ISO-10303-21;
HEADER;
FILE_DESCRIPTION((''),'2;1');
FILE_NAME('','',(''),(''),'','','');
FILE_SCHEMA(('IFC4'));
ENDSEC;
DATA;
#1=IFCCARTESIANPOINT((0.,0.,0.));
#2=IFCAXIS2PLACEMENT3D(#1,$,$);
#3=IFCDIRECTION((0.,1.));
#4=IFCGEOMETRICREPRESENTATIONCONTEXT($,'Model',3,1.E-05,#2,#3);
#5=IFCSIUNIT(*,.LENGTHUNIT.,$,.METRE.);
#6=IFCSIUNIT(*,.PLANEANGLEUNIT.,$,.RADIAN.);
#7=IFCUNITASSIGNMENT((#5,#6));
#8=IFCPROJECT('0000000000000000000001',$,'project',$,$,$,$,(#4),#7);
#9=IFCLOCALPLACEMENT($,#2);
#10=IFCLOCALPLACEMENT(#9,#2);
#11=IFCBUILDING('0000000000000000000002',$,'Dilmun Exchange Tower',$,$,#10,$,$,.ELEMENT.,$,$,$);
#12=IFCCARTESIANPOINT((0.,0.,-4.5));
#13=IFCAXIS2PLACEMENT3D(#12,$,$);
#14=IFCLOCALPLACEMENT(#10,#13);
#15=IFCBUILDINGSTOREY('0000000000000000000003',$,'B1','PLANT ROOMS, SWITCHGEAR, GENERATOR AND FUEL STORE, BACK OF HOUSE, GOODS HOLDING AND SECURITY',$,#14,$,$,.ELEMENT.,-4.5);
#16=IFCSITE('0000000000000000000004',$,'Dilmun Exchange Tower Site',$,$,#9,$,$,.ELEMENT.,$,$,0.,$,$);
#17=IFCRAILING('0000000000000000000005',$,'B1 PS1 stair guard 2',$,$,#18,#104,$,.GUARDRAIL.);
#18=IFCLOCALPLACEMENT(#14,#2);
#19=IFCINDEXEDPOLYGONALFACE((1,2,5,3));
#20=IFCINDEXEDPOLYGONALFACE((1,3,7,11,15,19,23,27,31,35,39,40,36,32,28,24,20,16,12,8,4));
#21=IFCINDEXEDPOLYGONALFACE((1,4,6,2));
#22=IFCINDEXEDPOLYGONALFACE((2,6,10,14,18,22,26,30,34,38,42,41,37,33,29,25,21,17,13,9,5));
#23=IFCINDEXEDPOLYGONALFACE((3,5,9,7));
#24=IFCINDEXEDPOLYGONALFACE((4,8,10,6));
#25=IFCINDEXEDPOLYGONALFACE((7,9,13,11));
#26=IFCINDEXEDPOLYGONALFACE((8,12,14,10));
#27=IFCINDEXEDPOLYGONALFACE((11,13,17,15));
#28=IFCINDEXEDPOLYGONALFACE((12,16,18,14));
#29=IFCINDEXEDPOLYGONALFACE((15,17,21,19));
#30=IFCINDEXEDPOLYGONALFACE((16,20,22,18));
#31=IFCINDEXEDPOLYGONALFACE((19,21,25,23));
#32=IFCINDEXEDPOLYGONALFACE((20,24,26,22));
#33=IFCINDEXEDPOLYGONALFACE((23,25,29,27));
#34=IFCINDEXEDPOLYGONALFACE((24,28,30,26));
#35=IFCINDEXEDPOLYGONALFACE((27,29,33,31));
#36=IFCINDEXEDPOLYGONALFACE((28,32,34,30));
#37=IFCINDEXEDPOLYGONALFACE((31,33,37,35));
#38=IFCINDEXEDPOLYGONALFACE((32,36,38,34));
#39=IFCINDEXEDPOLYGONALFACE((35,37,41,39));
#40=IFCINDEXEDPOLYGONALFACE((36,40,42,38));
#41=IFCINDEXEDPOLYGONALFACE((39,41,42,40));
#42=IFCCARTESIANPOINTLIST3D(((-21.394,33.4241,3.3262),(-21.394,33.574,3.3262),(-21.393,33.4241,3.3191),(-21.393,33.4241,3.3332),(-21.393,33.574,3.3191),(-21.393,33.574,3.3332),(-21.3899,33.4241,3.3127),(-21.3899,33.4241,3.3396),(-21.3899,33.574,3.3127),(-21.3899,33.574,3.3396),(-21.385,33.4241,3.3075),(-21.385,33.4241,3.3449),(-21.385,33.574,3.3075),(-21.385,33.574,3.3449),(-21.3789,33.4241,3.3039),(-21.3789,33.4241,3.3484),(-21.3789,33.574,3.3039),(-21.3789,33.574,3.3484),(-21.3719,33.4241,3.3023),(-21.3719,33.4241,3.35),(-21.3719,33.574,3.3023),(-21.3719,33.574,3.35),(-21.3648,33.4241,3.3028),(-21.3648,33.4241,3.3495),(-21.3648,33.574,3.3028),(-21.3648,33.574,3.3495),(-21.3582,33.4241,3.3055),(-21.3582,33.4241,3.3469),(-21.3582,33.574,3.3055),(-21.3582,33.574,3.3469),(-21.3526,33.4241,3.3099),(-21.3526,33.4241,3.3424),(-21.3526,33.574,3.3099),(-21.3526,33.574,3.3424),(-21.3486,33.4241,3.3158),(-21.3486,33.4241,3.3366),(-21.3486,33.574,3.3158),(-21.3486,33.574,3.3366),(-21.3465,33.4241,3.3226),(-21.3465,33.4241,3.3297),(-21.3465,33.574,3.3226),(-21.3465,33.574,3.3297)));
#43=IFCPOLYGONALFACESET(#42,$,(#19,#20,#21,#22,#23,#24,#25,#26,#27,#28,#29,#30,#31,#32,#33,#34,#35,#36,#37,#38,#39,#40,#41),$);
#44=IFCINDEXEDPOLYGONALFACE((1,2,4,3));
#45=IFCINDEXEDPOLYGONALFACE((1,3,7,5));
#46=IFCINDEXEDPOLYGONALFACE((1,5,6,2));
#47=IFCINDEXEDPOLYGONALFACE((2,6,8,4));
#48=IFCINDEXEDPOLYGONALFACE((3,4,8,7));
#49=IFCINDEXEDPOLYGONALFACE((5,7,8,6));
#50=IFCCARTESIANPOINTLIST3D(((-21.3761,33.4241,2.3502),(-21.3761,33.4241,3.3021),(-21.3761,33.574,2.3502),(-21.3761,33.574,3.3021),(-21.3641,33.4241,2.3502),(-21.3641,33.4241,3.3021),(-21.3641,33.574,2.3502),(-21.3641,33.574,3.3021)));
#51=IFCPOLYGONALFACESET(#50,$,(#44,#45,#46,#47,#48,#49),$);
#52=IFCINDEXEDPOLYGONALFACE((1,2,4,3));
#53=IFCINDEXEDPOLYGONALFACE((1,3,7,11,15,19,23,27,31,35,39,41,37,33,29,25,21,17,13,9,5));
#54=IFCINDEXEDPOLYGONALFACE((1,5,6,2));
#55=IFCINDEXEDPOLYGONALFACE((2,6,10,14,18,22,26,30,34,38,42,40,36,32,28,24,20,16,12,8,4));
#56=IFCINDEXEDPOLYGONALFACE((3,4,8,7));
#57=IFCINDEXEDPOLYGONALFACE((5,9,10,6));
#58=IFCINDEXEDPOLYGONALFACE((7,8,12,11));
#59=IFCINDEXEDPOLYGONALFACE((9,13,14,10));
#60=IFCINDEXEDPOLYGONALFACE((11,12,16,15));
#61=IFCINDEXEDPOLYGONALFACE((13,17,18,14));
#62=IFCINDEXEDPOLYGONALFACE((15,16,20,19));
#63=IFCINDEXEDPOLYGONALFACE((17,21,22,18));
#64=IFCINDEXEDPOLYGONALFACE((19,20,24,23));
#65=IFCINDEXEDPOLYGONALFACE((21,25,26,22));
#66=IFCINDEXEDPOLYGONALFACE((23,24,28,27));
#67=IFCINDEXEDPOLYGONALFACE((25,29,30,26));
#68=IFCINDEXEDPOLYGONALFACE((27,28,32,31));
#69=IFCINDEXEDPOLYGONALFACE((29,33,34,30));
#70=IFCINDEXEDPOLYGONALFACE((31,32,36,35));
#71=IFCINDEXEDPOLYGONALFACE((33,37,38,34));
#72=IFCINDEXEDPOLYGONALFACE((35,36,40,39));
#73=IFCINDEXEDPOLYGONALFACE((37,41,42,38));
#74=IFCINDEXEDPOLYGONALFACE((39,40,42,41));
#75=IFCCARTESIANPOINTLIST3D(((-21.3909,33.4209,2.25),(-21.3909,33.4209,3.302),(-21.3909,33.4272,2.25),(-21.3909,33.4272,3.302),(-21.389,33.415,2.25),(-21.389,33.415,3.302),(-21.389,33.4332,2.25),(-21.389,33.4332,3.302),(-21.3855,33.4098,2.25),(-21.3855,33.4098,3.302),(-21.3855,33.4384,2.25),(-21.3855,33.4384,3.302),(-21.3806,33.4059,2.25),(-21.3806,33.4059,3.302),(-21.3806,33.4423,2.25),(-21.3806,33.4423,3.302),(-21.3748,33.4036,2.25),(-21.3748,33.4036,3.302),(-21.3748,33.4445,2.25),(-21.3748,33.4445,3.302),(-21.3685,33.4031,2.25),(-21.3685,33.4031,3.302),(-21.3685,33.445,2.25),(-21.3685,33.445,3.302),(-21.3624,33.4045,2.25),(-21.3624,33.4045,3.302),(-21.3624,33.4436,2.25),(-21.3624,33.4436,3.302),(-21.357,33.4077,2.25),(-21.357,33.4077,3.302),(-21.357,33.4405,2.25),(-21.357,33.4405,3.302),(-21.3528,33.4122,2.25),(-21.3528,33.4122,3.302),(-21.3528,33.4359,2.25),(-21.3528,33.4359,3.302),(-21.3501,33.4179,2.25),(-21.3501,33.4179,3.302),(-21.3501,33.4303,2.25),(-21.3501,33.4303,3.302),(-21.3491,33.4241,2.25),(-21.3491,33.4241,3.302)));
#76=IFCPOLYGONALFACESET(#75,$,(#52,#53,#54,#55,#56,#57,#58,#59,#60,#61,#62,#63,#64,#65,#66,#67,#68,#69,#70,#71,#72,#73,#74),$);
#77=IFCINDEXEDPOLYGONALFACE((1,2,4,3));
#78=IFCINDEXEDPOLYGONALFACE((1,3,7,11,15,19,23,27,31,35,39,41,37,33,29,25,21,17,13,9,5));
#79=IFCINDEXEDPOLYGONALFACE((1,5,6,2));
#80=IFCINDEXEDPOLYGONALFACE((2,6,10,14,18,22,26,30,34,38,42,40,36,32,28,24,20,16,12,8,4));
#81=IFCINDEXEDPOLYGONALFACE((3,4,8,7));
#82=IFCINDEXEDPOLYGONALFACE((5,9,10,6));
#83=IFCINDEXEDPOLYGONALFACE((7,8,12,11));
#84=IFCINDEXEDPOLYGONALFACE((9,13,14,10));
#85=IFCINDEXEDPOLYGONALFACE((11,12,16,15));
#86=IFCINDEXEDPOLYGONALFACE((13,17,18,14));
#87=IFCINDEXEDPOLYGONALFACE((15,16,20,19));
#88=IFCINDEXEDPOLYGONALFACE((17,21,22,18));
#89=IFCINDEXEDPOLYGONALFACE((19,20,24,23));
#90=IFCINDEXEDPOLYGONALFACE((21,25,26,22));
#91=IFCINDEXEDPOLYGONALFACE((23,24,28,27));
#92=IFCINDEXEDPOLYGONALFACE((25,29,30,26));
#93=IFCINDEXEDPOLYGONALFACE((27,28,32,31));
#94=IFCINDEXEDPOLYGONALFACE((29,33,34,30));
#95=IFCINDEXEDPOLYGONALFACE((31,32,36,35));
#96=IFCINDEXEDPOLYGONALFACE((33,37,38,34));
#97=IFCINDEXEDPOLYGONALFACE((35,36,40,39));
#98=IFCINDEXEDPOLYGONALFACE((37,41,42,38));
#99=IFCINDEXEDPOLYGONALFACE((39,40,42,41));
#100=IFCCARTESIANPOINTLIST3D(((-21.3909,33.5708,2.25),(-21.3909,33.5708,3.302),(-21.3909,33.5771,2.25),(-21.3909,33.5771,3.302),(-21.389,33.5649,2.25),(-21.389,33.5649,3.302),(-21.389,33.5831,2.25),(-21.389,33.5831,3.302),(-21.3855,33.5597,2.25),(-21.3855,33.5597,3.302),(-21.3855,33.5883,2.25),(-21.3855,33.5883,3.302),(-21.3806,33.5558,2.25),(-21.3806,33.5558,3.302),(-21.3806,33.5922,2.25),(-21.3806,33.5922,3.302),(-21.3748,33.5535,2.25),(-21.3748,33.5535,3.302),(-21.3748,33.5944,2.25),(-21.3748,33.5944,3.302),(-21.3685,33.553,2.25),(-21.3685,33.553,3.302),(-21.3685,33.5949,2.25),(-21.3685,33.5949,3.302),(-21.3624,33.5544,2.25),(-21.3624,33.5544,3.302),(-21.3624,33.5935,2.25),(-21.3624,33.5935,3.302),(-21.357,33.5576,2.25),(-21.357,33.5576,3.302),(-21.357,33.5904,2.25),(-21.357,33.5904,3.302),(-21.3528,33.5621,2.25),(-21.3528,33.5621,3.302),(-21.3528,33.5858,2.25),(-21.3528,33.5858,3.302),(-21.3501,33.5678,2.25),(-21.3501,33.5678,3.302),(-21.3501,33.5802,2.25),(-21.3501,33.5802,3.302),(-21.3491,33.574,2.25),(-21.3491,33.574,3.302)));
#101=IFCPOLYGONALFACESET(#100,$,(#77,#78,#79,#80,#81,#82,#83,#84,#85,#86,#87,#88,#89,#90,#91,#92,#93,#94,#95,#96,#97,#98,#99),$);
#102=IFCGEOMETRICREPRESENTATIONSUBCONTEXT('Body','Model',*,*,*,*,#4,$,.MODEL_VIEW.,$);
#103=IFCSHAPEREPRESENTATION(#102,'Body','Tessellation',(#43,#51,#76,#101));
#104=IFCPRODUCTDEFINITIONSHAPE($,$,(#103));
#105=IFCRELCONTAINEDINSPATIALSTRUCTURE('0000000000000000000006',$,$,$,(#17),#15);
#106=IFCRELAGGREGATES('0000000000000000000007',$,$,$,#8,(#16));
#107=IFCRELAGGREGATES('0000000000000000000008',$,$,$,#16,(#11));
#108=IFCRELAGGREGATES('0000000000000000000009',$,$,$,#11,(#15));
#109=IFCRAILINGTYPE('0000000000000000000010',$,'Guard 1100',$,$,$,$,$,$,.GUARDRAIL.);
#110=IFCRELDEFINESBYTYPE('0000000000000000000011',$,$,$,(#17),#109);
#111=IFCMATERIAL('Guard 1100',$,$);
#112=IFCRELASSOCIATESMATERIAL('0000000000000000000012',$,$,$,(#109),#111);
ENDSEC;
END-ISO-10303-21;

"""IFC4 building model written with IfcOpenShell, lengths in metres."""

from ifc_helpers import new_model, si_unit, direction, frame, origin, origin_2d, place, context, subcontext, project, spatial, rectangle, circle, extrude, material, type_object, element, save


model = new_model("IFC4")

# Units and contexts
model_context = context("Model", 3, precision=1e-05, world=origin(), true_north=direction((0.0, 1.0)))
body_context = subcontext(model_context, "Body", "Model", "MODEL_VIEW")
ifc_project = project(units=[si_unit("LENGTHUNIT", "METRE"), si_unit("PLANEANGLEUNIT", "RADIAN")], contexts=[model_context])

# Site, building, storey
site_placement = place(None, origin())
site = spatial("IfcSite", under=ifc_project, at=site_placement, Name="Dilmun Exchange Tower Site", CompositionType="ELEMENT", RefElevation=0.0)
building_placement = place(site_placement, origin())
building = spatial("IfcBuilding", under=site, at=building_placement, Name="Dilmun Exchange Tower", CompositionType="ELEMENT")
storey_placement = place(building_placement, frame((0.0, 0.0, -4.5)))
storey = spatial("IfcBuildingStorey", under=building, at=storey_placement, Name="B1", Description="PLANT ROOMS, SWITCHGEAR, GENERATOR AND FUEL STORE, BACK OF HOUSE, GOODS HOLDING AND SECURITY", CompositionType="ELEMENT", Elevation=-4.5)

# Railing
ifc_material_1 = material(Name="Guard 1100")
railing_type_1 = type_object("IfcRailingType", Name="Guard 1100", PredefinedType="GUARDRAIL", material=ifc_material_1)
railing_1_placement = place(storey_placement, frame((-21.3701, 33.4241, 2.25)))
element("IfcRailing", 1, at=railing_1_placement, inside=storey, type_object=railing_type_1, Name="B1 PS1 stair guard 2", PredefinedType="GUARDRAIL", context=body_context, shape_type="SweptSolid", body=[
    extrude(circle(Radius=0.0239, at=origin_2d()), frame((0.0, 0.0, 1.0762), z_axis=(0.0, 1.0, 0.0), x_axis=(-1.0, 0.0, 0.0)), (0.0, 0.0, 1.0), 0.1499),
    extrude(rectangle(XDim=0.012, YDim=0.9519, at=origin_2d()), frame((0.0, 0.0, 0.5762), z_axis=(0.0, 1.0, 0.0), x_axis=(-1.0, 0.0, 0.0)), (0.0, 0.0, 1.0), 0.1499),
    extrude(circle(Radius=0.021, at=origin_2d()), origin(), (0.0, 0.0, 1.0), 1.052),
    extrude(circle(Radius=0.021, at=origin_2d()), frame((0.0, 0.1499, 0.0)), (0.0, 0.0, 1.0), 1.052),
])

save(model, "model.ifc")
